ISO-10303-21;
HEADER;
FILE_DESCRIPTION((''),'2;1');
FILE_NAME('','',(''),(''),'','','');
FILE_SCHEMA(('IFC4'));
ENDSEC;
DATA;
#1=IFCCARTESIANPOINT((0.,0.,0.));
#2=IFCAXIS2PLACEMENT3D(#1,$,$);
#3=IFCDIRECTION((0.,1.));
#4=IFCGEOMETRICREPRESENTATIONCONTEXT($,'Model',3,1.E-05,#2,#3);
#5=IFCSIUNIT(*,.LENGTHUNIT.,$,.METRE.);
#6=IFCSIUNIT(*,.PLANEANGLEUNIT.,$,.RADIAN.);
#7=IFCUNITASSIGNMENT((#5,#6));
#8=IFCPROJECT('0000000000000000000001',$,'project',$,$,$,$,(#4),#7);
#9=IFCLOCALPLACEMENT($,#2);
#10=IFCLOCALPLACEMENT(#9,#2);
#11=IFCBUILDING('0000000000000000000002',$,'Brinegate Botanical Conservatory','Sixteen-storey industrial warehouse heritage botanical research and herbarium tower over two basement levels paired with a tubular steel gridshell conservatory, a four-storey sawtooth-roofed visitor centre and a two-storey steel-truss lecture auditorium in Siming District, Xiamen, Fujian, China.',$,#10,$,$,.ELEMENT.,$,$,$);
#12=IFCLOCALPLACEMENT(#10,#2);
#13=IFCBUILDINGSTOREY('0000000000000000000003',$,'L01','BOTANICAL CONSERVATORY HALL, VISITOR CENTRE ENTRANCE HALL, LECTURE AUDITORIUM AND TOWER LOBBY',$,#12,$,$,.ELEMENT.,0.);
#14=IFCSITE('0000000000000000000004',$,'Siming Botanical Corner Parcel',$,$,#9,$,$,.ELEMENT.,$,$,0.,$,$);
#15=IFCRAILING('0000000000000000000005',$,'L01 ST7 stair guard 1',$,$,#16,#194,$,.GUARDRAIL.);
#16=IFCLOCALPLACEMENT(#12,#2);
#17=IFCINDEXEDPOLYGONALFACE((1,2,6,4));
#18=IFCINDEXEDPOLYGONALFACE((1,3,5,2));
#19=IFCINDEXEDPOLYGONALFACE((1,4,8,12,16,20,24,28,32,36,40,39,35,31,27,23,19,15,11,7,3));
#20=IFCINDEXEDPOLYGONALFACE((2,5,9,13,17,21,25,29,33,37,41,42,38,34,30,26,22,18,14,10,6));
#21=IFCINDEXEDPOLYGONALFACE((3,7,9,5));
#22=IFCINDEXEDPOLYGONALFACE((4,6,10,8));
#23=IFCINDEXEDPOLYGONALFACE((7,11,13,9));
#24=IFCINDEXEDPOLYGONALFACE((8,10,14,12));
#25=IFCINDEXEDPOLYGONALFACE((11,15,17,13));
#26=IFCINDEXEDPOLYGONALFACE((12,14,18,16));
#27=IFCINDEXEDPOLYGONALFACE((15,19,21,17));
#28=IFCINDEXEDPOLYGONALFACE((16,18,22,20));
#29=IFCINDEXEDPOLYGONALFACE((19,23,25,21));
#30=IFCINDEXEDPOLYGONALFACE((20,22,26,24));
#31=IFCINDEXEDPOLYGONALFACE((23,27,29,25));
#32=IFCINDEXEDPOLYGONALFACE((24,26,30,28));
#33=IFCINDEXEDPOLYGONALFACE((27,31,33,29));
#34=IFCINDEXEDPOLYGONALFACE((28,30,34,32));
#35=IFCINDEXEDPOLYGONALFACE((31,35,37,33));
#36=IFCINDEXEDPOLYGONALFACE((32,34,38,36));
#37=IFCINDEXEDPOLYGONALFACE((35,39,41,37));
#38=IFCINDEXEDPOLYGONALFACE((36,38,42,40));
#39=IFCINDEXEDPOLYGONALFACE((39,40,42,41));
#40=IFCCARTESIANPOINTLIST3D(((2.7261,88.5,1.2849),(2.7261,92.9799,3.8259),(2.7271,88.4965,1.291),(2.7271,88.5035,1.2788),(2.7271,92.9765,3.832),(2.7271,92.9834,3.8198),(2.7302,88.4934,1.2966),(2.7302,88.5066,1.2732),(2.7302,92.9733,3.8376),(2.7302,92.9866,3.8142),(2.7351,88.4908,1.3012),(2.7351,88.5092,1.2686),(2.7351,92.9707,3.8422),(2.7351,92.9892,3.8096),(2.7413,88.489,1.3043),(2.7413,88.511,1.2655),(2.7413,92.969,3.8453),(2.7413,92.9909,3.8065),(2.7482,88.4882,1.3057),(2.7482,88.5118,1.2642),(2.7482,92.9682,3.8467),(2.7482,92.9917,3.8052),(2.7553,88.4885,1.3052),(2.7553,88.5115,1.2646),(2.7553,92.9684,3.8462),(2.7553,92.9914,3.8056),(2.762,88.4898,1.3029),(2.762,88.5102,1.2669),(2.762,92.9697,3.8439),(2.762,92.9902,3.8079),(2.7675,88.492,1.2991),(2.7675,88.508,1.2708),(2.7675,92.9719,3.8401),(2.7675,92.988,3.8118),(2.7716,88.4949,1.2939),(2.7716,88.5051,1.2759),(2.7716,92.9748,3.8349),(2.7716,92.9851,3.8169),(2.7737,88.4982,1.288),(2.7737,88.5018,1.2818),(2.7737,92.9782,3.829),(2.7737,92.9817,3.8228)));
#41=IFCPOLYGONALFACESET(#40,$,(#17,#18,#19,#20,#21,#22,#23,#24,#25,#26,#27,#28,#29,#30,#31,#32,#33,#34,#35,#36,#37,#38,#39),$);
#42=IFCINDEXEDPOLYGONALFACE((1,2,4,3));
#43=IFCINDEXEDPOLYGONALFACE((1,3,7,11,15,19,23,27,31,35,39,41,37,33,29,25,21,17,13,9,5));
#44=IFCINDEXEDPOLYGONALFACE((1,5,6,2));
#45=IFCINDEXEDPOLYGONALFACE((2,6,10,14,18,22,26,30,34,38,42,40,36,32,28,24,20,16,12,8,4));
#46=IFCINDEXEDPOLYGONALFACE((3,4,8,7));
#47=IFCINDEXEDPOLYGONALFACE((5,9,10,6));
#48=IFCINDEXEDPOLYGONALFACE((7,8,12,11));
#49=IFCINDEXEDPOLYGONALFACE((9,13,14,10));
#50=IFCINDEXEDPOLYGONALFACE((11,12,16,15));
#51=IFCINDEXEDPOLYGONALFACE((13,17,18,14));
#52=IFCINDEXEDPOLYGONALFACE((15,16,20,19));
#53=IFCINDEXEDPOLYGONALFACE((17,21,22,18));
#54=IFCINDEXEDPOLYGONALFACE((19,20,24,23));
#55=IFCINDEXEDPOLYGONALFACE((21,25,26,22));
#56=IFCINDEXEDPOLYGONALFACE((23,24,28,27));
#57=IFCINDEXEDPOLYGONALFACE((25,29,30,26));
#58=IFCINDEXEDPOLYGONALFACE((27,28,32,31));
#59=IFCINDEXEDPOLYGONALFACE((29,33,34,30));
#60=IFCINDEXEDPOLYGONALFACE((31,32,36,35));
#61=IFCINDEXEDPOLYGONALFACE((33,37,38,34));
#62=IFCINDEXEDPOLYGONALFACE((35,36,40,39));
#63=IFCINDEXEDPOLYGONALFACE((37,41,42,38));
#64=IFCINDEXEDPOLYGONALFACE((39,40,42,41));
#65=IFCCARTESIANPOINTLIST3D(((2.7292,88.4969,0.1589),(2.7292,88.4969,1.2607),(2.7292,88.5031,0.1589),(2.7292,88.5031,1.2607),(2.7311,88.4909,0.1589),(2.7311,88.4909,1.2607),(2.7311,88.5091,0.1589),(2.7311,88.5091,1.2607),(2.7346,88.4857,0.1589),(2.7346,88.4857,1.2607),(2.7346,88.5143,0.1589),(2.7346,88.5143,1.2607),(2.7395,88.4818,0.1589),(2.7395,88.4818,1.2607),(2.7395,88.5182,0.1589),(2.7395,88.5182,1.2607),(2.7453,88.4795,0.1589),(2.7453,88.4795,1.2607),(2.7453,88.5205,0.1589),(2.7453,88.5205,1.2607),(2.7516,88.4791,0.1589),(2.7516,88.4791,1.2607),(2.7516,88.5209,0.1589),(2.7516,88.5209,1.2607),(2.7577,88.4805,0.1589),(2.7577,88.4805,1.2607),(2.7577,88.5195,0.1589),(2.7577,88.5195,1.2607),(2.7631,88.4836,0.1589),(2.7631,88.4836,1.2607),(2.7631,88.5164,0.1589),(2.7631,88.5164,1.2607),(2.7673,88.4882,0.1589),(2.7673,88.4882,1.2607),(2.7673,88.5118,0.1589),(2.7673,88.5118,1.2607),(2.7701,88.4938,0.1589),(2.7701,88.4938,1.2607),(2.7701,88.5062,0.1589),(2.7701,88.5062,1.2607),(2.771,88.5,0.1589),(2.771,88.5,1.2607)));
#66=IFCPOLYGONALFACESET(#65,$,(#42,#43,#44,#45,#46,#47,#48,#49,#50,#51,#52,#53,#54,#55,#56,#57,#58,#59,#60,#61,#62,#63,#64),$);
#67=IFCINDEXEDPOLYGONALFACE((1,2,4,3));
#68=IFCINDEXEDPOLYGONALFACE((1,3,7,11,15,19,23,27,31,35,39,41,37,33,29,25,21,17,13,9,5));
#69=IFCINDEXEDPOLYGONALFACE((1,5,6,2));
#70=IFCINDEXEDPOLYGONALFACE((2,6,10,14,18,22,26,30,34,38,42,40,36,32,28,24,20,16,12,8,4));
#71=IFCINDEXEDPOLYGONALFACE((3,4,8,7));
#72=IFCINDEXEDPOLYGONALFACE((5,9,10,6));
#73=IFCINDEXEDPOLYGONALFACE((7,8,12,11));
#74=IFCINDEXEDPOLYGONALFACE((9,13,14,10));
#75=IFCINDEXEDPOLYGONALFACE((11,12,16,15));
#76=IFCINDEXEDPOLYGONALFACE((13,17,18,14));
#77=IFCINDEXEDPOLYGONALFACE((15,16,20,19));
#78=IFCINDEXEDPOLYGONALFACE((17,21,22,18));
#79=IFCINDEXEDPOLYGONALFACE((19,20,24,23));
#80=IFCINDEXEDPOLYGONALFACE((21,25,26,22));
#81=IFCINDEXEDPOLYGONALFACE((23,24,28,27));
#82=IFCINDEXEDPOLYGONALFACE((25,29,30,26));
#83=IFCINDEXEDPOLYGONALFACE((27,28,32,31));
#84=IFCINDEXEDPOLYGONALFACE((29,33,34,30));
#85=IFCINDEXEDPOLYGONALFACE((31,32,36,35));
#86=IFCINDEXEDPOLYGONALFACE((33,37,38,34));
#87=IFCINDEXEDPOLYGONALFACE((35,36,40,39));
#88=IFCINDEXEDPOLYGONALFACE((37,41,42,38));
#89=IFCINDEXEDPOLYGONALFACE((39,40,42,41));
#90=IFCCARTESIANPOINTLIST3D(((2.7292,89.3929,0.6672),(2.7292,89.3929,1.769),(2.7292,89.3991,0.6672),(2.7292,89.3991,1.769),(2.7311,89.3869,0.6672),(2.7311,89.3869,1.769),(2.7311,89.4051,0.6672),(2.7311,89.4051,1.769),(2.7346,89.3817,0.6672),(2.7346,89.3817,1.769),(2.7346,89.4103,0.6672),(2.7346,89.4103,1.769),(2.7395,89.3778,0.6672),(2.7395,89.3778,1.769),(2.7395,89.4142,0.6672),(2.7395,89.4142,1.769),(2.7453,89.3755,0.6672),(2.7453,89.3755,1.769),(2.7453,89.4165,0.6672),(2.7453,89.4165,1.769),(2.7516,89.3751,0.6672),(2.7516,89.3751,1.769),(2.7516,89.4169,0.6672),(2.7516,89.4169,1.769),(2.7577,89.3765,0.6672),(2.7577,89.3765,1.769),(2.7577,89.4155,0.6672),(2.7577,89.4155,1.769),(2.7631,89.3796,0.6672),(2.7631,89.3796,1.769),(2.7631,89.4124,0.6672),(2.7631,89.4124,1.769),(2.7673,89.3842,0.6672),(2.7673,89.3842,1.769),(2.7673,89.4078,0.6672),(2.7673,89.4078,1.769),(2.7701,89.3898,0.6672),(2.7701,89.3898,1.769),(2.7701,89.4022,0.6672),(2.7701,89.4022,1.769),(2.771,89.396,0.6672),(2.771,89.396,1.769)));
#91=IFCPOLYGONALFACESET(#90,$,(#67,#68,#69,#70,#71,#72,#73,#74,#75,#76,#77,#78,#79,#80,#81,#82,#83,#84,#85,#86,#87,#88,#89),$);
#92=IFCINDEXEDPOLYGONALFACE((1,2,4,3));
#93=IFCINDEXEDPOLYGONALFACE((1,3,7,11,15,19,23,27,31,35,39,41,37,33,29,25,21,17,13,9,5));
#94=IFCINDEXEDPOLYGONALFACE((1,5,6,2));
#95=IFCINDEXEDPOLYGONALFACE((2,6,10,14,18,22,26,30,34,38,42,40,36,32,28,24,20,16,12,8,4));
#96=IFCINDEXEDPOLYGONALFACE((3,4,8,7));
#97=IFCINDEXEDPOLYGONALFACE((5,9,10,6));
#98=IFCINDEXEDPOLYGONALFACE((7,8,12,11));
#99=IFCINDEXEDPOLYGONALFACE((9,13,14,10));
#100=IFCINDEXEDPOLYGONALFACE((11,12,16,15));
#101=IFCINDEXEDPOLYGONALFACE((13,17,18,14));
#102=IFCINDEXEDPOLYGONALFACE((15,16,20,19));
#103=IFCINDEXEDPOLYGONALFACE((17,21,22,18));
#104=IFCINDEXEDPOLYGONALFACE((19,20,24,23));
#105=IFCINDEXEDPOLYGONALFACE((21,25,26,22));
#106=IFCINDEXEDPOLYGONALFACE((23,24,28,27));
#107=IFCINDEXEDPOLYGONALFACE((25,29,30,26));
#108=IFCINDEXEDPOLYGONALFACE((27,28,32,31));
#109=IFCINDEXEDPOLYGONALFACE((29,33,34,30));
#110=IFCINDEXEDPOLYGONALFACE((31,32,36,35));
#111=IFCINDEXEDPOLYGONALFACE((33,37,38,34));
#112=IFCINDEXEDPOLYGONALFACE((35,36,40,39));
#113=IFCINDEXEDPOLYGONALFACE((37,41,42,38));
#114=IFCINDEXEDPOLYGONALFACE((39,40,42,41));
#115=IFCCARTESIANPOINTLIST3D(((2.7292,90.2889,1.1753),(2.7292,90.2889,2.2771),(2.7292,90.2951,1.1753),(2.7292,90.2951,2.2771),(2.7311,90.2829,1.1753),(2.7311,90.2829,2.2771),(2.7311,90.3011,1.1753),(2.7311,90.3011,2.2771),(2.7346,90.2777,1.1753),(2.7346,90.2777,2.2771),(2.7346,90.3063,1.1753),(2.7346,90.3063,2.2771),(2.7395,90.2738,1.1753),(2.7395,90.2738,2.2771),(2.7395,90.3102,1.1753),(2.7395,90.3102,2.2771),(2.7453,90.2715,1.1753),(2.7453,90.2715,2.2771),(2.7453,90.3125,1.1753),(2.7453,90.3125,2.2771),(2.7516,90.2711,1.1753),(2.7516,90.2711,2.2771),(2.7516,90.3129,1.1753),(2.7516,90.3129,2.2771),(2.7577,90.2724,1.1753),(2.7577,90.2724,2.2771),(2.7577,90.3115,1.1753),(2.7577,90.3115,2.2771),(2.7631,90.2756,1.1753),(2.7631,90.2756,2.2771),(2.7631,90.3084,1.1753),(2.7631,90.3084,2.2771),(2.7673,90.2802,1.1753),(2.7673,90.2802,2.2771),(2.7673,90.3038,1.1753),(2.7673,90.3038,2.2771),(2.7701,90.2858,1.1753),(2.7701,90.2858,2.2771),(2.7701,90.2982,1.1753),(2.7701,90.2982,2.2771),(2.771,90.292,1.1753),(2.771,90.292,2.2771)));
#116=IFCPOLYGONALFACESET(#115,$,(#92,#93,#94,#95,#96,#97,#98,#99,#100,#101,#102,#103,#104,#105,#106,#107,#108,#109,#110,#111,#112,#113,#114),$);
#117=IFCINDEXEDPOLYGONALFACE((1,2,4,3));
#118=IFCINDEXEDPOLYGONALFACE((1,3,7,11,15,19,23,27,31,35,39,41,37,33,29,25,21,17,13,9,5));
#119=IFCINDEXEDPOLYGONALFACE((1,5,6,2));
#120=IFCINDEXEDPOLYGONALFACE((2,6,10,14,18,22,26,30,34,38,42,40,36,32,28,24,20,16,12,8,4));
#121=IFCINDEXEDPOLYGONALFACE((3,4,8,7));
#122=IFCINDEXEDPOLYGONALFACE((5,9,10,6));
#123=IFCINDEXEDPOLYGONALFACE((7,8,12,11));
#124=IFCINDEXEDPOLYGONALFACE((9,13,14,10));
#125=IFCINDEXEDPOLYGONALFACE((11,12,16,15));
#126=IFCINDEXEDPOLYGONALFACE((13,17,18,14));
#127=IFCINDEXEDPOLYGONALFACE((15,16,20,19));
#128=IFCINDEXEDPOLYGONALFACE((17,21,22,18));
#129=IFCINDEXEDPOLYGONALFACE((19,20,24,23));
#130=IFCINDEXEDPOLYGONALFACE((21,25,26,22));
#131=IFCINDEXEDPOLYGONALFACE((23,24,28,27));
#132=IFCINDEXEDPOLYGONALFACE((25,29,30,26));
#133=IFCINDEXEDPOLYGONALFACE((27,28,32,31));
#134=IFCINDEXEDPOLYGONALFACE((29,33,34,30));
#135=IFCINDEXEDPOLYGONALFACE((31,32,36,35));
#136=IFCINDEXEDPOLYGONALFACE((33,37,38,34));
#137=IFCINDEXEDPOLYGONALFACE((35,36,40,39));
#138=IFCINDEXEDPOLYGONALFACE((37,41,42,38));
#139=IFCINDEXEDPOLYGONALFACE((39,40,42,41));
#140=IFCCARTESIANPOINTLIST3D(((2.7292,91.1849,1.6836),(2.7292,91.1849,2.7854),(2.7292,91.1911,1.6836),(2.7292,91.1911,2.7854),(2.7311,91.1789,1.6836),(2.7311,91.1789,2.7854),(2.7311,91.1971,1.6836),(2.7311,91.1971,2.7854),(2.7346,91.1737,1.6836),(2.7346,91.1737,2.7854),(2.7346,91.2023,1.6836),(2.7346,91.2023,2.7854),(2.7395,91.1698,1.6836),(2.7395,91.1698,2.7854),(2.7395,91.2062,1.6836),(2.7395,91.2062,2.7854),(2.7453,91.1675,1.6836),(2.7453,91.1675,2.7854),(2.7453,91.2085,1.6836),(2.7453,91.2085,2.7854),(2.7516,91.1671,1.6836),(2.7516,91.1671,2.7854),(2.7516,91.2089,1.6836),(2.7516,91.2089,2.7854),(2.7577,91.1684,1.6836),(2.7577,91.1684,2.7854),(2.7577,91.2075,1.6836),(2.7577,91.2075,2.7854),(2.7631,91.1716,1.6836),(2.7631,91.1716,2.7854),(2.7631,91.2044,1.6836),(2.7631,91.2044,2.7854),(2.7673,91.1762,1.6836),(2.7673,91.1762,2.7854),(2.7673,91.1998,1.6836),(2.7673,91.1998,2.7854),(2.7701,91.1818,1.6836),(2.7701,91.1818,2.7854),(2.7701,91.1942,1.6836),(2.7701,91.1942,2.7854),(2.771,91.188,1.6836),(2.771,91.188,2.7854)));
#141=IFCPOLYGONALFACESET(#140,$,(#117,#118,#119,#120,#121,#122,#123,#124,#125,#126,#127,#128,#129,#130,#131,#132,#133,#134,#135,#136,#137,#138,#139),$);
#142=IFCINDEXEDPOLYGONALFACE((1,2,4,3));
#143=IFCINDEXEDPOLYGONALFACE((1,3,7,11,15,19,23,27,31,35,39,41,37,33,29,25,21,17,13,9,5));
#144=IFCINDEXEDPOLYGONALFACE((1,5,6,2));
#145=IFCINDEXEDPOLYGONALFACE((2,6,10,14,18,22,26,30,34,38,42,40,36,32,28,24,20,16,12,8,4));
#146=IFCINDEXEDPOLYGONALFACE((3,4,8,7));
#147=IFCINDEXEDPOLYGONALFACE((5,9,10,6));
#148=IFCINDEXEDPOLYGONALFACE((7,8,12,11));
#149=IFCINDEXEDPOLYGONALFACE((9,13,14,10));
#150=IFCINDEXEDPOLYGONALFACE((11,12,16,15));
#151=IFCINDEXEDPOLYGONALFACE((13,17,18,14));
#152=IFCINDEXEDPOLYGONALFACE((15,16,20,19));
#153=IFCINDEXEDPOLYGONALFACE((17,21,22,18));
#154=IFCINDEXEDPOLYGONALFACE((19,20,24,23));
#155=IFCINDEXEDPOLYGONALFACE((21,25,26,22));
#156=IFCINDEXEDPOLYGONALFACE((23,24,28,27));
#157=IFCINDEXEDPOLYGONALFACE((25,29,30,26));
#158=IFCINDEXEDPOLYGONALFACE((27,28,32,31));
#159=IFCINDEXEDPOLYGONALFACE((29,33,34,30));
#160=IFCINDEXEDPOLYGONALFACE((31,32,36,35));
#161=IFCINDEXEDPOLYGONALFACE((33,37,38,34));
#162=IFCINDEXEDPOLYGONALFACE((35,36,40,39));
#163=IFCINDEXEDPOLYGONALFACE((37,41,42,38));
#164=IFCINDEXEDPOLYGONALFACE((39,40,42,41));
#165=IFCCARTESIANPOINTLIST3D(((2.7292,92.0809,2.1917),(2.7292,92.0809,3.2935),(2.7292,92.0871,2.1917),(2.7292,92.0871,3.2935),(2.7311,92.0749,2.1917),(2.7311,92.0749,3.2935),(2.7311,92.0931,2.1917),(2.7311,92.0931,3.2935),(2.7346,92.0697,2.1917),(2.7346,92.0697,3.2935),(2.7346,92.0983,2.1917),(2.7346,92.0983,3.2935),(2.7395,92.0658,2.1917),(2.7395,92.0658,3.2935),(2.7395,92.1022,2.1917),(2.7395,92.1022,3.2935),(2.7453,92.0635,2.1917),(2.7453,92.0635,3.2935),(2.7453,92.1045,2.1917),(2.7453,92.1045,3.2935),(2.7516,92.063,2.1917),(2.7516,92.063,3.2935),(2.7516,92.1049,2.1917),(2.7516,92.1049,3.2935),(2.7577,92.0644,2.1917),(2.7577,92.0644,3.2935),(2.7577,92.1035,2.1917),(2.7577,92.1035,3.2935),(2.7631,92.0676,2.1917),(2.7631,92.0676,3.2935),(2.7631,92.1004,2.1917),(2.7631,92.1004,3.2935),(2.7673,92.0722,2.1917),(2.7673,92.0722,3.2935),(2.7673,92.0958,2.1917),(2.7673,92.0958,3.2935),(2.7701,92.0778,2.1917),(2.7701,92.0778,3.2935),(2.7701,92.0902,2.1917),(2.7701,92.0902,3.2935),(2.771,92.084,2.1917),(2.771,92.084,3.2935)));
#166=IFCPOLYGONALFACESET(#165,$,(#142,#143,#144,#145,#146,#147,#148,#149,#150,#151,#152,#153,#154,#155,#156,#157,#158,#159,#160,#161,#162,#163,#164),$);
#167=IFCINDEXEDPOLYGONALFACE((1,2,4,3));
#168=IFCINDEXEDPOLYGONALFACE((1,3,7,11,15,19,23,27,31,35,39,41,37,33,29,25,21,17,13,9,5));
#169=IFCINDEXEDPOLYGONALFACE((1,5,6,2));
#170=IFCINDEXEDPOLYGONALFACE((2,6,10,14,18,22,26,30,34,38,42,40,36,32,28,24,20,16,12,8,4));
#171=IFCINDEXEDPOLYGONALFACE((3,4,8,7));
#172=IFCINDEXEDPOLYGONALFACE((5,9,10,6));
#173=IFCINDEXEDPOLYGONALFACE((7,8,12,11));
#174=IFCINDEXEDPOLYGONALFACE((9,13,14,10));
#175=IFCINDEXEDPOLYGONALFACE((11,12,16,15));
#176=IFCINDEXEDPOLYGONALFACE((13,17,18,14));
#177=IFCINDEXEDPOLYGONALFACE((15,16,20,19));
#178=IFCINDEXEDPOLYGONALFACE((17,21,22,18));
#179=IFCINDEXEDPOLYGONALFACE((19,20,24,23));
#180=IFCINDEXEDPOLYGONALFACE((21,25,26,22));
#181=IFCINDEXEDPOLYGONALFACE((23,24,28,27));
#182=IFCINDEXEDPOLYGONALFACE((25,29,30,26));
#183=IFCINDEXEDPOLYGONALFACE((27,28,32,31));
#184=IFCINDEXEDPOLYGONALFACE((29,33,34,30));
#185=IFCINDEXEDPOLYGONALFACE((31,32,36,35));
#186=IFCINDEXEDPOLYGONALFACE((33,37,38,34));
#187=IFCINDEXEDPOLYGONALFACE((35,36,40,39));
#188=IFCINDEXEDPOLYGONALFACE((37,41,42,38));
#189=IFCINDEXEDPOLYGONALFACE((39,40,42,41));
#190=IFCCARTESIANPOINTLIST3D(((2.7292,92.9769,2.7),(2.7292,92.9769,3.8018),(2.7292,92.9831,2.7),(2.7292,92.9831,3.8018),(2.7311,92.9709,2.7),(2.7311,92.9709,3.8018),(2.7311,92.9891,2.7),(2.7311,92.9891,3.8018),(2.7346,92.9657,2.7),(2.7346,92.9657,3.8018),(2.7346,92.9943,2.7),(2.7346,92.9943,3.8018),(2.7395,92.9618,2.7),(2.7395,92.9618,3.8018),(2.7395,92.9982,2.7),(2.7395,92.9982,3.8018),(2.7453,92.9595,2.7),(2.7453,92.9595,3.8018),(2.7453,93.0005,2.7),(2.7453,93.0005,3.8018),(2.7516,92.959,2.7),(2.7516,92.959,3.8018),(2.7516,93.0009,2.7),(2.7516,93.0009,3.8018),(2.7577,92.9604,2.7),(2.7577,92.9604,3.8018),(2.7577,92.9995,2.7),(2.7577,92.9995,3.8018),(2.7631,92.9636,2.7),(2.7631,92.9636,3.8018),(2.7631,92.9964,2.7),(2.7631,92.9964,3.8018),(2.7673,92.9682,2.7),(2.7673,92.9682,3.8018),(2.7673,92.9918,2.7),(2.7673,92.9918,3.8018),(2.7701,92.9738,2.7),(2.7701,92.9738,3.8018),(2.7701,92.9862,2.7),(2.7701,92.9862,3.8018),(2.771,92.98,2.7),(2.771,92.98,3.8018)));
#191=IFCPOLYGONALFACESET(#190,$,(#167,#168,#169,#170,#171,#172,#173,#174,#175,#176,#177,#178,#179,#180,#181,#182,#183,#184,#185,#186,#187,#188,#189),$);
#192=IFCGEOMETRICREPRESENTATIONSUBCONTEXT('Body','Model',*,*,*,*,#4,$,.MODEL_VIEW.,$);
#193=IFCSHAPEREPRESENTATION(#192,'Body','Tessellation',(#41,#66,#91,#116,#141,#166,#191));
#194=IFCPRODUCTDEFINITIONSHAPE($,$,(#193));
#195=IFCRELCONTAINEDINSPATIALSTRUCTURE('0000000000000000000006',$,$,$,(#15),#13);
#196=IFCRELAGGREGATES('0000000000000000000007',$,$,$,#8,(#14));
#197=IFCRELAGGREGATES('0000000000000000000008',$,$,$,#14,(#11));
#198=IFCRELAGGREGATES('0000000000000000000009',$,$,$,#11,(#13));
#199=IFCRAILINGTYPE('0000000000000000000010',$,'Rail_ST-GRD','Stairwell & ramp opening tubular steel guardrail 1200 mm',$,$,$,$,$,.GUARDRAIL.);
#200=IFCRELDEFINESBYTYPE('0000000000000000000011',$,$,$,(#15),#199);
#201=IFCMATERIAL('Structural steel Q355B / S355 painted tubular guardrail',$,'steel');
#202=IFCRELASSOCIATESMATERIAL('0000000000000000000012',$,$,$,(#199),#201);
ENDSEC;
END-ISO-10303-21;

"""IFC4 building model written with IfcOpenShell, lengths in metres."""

from ifc_helpers import new_model, si_unit, direction, frame, origin, origin_2d, place, context, subcontext, project, spatial, circle, extrude, material, type_object, element, save


model = new_model("IFC4")

# Units and contexts
model_context = context("Model", 3, precision=1e-05, world=origin(), true_north=direction((0.0, 1.0)))
body_context = subcontext(model_context, "Body", "Model", "MODEL_VIEW")
ifc_project = project(units=[si_unit("LENGTHUNIT", "METRE"), si_unit("PLANEANGLEUNIT", "RADIAN")], contexts=[model_context])

# Site, building, storey
site_placement = place(None, origin())
site = spatial("IfcSite", under=ifc_project, at=site_placement, Name="Siming Botanical Corner Parcel", CompositionType="ELEMENT", RefElevation=0.0)
building_placement = place(site_placement, origin())
building = spatial("IfcBuilding", under=site, at=building_placement, Name="Brinegate Botanical Conservatory", Description="Sixteen-storey industrial warehouse heritage botanical research and herbarium tower over two basement levels paired with a tubular steel gridshell conservatory, a four-storey sawtooth-roofed visitor centre and a two-storey steel-truss lecture auditorium in Siming District, Xiamen, Fujian, China.", CompositionType="ELEMENT")
storey_placement = place(building_placement, origin())
storey = spatial("IfcBuildingStorey", under=building, at=storey_placement, Name="L01", Description="BOTANICAL CONSERVATORY HALL, VISITOR CENTRE ENTRANCE HALL, LECTURE AUDITORIUM AND TOWER LOBBY", CompositionType="ELEMENT", Elevation=0.0)

# Railing
ifc_material_1 = material(Name="Structural steel Q355B / S355 painted tubular guardrail", Category="steel")
railing_type_1 = type_object("IfcRailingType", Name="Rail_ST-GRD", Description="Stairwell & ramp opening tubular steel guardrail 1200 mm", PredefinedType="GUARDRAIL", material=ifc_material_1)
railing_1_placement = place(storey_placement, frame((2.75, 88.5, 0.1589)))
element("IfcRailing", 1, at=railing_1_placement, inside=storey, type_object=railing_type_1, Name="L01 ST7 stair guard 1", PredefinedType="GUARDRAIL", context=body_context, shape_type="SweptSolid", body=[
    extrude(circle(Radius=0.0239, at=origin_2d()), frame((0.0, 0.0, 1.126), z_axis=(0.0, 0.869826, 0.493359), x_axis=(-1.0, 0.0, 0.0)), (0.0, 0.0, 1.0), 5.1504),
    extrude(circle(Radius=0.021, at=origin_2d()), origin(), (0.0, 0.0, 1.0), 1.1018),
    extrude(circle(Radius=0.021, at=origin_2d()), frame((0.0, 0.896, 0.5083)), (0.0, 0.0, 1.0), 1.1018),
    extrude(circle(Radius=0.021, at=origin_2d()), frame((0.0, 1.792, 1.0164)), (0.0, 0.0, 1.0), 1.1018),
    extrude(circle(Radius=0.021, at=origin_2d()), frame((0.0, 2.688, 1.5247)), (0.0, 0.0, 1.0), 1.1018),
    extrude(circle(Radius=0.021, at=origin_2d()), frame((0.0, 3.584, 2.0327)), (0.0, 0.0, 1.0), 1.1018),
    extrude(circle(Radius=0.021, at=origin_2d()), frame((0.0, 4.48, 2.541)), (0.0, 0.0, 1.0), 1.1018),
])

save(model, "model.ifc")
